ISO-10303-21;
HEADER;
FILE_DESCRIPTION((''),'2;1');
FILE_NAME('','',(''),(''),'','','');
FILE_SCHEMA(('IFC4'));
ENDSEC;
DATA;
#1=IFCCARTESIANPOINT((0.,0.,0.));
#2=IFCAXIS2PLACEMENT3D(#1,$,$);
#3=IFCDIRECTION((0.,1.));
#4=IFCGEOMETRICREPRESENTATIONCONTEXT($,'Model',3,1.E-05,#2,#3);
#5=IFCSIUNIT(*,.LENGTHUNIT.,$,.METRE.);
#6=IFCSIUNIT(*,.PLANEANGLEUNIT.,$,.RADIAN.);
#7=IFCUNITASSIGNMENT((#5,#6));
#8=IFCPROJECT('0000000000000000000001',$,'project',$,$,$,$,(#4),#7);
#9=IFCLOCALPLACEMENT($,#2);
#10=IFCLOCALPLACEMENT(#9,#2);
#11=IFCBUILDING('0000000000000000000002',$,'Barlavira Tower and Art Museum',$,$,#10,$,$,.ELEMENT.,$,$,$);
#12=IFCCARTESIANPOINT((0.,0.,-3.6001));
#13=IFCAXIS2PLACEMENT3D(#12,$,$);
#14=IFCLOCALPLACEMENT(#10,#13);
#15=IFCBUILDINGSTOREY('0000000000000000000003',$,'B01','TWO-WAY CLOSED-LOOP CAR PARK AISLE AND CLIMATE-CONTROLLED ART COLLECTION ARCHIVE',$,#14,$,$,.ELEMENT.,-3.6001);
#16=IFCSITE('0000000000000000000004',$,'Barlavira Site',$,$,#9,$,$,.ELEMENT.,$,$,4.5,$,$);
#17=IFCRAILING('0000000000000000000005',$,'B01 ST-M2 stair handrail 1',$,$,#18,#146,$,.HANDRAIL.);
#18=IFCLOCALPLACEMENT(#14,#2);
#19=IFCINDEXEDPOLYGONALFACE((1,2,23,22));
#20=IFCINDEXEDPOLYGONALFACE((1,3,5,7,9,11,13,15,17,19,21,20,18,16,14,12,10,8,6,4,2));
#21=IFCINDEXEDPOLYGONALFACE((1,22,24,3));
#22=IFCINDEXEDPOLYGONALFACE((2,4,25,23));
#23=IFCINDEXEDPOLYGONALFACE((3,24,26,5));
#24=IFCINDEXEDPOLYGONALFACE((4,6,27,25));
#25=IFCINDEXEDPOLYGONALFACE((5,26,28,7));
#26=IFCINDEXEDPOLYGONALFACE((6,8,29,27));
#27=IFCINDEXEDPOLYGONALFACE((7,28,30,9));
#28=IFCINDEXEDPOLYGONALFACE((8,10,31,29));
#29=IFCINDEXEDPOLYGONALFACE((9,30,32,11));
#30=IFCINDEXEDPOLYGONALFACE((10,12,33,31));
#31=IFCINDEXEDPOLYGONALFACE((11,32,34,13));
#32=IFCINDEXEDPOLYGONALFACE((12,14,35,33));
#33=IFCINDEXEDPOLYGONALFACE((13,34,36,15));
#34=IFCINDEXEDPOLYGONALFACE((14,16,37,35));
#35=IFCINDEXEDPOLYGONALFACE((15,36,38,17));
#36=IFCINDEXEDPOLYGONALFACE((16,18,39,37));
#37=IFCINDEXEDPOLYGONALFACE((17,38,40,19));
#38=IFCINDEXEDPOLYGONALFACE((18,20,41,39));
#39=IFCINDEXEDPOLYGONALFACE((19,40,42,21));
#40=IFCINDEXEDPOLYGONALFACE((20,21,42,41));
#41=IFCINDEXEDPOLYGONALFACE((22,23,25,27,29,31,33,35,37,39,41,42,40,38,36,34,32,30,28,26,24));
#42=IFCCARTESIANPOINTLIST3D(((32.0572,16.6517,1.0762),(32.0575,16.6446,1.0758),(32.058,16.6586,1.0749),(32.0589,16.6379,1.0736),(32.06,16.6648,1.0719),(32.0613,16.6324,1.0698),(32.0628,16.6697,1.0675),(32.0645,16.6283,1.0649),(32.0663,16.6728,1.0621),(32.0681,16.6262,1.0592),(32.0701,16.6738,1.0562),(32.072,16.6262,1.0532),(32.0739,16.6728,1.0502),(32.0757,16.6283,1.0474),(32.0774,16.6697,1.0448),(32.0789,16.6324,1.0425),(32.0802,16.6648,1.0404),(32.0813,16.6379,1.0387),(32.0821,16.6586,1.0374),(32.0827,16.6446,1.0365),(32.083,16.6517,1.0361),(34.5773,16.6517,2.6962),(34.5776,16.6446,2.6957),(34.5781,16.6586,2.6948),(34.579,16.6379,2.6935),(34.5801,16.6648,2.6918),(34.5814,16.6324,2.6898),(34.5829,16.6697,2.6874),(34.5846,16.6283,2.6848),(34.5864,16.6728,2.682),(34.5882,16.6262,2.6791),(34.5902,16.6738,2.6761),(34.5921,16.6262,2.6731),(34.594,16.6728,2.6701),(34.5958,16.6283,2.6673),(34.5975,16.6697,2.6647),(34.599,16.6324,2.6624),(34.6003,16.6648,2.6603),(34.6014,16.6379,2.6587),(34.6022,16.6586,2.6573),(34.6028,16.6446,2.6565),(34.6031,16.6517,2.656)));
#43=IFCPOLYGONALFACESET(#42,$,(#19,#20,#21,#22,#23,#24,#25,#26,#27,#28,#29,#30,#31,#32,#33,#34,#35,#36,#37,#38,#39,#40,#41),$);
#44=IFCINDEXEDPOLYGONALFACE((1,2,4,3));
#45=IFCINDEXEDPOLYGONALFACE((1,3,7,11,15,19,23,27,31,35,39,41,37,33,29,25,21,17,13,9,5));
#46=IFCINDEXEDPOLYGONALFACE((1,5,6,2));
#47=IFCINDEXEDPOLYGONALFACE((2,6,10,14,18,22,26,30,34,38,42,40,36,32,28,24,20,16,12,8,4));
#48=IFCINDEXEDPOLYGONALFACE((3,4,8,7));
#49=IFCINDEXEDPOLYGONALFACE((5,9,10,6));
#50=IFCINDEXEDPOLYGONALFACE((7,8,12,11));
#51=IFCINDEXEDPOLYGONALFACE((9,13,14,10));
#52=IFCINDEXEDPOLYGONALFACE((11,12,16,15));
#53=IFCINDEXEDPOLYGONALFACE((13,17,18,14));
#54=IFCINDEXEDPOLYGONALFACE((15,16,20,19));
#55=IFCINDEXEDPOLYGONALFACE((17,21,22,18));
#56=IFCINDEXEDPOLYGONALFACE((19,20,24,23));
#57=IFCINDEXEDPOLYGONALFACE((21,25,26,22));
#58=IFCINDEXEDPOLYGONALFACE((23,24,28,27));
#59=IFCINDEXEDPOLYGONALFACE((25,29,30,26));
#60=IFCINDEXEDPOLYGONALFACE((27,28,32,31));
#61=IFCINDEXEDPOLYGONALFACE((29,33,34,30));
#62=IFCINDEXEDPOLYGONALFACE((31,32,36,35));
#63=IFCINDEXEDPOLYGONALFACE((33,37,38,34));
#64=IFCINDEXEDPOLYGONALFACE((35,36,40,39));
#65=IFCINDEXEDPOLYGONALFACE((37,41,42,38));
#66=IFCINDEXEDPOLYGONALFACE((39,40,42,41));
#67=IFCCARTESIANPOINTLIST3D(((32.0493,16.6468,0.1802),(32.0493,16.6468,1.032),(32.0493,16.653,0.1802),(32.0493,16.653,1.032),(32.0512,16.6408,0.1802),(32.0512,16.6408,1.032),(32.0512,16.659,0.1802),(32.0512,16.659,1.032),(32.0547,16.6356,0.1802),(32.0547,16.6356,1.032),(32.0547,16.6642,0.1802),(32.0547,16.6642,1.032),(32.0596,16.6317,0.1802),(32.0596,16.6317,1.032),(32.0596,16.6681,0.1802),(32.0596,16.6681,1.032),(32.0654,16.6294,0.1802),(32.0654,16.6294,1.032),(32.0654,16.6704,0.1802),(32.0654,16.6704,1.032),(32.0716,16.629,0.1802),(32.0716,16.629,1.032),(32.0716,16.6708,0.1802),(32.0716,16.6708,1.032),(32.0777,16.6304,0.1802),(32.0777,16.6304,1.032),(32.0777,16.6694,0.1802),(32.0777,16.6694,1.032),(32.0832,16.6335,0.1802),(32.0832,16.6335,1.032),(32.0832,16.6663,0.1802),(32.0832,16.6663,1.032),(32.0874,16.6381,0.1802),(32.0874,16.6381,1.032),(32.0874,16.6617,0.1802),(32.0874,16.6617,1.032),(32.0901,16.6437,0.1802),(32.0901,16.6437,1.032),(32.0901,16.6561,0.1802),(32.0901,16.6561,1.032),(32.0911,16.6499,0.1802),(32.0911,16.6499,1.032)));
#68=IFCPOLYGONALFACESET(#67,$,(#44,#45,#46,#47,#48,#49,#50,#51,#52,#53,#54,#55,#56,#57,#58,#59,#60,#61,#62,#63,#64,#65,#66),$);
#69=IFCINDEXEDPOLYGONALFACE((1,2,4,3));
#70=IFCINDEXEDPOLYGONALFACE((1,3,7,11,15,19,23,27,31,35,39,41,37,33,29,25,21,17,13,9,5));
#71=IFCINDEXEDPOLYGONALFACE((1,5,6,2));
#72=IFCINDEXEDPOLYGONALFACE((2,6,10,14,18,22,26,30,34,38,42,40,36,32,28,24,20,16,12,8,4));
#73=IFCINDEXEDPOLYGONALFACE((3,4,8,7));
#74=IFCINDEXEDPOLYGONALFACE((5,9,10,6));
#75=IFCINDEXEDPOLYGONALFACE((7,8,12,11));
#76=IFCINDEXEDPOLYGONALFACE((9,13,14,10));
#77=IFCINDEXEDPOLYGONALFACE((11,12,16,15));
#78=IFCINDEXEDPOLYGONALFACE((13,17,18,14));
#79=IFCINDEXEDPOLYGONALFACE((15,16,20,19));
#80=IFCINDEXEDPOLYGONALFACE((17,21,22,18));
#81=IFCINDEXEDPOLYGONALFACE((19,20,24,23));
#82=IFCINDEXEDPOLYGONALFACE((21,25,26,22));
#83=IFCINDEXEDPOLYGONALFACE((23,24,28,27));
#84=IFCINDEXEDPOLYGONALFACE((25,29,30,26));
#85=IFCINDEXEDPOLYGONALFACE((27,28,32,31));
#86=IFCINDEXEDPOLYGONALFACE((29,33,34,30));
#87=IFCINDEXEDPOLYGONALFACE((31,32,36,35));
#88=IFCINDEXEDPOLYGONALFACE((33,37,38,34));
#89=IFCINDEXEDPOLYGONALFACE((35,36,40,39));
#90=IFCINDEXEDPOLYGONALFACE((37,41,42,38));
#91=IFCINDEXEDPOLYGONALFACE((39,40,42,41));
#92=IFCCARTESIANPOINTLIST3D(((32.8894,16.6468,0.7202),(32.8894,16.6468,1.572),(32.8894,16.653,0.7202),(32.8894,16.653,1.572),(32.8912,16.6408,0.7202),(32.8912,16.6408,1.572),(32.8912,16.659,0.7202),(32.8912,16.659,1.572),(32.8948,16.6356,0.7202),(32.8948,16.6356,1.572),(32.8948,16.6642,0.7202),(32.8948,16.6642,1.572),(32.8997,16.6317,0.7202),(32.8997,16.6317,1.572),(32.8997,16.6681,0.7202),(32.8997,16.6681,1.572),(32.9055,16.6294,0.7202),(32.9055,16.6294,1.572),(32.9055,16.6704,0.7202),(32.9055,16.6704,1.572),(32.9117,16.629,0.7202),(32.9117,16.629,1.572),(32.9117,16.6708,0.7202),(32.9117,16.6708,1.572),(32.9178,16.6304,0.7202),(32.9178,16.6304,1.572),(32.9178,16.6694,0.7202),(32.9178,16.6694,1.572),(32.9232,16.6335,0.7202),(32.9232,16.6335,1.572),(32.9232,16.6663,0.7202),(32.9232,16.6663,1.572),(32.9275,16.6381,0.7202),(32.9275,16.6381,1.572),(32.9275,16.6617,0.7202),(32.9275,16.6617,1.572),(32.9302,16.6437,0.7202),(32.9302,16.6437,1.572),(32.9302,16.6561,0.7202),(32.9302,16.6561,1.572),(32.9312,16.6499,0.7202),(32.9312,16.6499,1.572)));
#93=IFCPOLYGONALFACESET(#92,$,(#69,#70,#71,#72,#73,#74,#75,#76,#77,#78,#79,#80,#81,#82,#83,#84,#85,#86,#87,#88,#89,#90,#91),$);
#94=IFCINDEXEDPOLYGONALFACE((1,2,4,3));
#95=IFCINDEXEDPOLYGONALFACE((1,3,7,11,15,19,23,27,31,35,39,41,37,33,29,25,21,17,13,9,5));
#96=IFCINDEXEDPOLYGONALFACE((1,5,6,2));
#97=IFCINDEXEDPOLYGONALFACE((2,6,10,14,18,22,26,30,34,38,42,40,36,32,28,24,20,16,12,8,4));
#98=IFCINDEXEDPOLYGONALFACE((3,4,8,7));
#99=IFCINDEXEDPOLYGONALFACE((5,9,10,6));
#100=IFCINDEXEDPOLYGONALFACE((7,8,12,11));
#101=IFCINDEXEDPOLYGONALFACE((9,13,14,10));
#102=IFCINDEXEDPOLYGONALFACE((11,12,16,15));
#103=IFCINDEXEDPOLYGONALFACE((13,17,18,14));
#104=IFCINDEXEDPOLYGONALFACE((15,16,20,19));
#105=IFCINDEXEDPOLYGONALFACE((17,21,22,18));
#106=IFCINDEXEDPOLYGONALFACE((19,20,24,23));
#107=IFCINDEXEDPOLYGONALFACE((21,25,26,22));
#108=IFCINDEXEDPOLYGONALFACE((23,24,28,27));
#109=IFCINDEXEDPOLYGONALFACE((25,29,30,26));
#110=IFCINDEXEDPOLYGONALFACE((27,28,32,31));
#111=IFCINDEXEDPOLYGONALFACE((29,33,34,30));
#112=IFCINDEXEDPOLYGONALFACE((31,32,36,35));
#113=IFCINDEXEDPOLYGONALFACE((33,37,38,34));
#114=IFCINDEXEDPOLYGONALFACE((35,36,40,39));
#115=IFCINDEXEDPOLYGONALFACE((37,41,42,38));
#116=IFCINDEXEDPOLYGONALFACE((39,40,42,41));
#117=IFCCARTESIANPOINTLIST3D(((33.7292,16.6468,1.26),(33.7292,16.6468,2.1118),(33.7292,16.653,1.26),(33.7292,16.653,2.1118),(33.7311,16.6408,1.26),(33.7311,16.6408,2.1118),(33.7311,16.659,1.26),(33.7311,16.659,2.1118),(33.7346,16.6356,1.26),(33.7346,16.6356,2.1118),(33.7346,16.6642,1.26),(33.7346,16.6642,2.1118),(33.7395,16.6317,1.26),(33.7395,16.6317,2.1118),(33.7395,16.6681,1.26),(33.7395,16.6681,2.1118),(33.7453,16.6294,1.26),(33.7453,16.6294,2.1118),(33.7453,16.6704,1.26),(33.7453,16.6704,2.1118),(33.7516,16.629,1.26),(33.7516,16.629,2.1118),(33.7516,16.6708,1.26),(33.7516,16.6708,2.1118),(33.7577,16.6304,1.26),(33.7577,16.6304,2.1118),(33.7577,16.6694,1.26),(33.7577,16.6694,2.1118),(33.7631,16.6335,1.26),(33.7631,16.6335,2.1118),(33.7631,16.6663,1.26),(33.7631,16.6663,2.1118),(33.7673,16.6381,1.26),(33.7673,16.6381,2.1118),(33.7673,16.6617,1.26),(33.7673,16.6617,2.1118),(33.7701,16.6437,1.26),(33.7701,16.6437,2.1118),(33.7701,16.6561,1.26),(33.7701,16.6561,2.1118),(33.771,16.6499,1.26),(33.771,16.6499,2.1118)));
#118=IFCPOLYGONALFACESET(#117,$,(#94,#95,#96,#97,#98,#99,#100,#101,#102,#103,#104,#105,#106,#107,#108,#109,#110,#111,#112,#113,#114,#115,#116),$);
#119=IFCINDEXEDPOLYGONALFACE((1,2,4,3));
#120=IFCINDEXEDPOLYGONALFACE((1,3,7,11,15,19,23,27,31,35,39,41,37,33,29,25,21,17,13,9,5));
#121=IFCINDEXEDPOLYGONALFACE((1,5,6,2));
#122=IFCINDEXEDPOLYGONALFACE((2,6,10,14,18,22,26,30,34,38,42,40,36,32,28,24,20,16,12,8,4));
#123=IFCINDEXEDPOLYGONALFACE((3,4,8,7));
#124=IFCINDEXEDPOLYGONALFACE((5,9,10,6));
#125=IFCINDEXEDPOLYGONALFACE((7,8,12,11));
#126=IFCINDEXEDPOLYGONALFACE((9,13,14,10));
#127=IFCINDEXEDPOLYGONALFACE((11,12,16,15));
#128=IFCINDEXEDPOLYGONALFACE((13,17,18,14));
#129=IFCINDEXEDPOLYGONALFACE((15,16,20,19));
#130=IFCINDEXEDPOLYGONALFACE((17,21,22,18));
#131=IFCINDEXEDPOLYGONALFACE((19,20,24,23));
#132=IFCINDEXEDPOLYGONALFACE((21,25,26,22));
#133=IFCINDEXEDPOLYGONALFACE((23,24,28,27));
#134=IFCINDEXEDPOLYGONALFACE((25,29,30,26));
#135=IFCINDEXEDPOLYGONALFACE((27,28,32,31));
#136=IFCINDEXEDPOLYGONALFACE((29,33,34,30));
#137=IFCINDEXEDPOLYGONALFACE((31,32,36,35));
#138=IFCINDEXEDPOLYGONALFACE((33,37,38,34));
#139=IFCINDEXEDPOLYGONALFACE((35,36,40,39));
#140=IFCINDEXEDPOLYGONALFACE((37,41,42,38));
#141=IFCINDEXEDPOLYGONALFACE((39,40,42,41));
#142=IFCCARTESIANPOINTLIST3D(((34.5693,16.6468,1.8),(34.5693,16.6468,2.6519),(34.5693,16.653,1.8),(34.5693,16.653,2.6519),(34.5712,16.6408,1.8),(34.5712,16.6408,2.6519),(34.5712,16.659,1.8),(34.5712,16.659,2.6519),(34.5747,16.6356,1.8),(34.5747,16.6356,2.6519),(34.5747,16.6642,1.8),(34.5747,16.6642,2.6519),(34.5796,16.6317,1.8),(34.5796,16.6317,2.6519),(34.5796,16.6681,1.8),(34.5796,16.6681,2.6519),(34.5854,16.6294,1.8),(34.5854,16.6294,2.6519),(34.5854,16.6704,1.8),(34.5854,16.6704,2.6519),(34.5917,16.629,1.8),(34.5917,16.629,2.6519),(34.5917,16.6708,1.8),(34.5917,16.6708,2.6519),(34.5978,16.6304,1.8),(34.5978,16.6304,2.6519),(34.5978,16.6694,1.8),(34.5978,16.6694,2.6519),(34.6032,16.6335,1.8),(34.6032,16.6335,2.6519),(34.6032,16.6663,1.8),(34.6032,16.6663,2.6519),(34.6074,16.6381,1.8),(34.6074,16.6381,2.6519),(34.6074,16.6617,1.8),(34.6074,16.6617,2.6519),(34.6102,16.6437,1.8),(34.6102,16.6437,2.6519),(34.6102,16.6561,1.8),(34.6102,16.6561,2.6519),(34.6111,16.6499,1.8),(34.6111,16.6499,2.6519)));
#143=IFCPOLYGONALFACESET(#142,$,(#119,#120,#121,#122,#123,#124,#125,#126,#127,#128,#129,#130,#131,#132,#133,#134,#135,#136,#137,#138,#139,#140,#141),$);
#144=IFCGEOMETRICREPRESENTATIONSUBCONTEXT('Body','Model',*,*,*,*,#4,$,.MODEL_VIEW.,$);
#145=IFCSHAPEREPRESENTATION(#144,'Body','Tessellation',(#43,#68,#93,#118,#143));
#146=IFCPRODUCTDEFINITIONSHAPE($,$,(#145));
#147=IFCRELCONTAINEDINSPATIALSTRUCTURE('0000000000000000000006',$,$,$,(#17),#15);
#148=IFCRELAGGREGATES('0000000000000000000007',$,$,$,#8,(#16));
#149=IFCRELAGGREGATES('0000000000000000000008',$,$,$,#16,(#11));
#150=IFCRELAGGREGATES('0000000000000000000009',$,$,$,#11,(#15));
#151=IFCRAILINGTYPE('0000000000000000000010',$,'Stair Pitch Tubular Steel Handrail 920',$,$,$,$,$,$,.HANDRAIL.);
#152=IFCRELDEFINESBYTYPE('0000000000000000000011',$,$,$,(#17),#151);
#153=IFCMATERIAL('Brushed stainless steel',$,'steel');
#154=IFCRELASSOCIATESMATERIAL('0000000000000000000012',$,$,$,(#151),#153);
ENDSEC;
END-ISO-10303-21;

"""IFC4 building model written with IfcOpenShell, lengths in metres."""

from ifc_helpers import new_model, si_unit, direction, frame, origin, origin_2d, place, context, subcontext, project, spatial, circle, extrude, material, type_object, element, save


model = new_model("IFC4")

# Units and contexts
model_context = context("Model", 3, precision=1e-05, world=origin(), true_north=direction((0.0, 1.0)))
body_context = subcontext(model_context, "Body", "Model", "MODEL_VIEW")
ifc_project = project(units=[si_unit("LENGTHUNIT", "METRE"), si_unit("PLANEANGLEUNIT", "RADIAN")], contexts=[model_context])

# Site, building, storey
site_placement = place(None, origin())
site = spatial("IfcSite", under=ifc_project, at=site_placement, Name="Barlavira Site", CompositionType="ELEMENT", RefElevation=4.5)
building_placement = place(site_placement, origin())
building = spatial("IfcBuilding", under=site, at=building_placement, Name="Barlavira Tower and Art Museum", CompositionType="ELEMENT")
storey_placement = place(building_placement, frame((0.0, 0.0, -3.6001)))
storey = spatial("IfcBuildingStorey", under=building, at=storey_placement, Name="B01", Description="TWO-WAY CLOSED-LOOP CAR PARK AISLE AND CLIMATE-CONTROLLED ART COLLECTION ARCHIVE", CompositionType="ELEMENT", Elevation=-3.6001)

# Shared definitions
ifc_material_1 = material(Name="Brushed stainless steel", Category="steel")

# Railing
railing_type_1 = type_object("IfcRailingType", Name="Stair Pitch Tubular Steel Handrail 920", PredefinedType="HANDRAIL", material=ifc_material_1)
railing_1_placement = place(storey_placement, frame((32.0701, 16.6499, 0.1802)))
element("IfcRailing", 1, at=railing_1_placement, inside=storey, type_object=railing_type_1, Name="B01 ST-M2 stair handrail 1", PredefinedType="HANDRAIL", context=body_context, shape_type="SweptSolid", body=[
    extrude(circle(Radius=0.0239, at=origin_2d()), frame((0.0, 0.0, 0.876), z_axis=(0.8412, 0.0, 0.540725), x_axis=(0.0, 1.0, 0.0)), (0.0, 0.0, 1.0), 2.9958),
    extrude(circle(Radius=0.021, at=origin_2d()), origin(), (0.0, 0.0, 1.0), 0.8518),
    extrude(circle(Radius=0.021, at=origin_2d()), frame((0.8401, 0.0, 0.54)), (0.0, 0.0, 1.0), 0.8518),
    extrude(circle(Radius=0.021, at=origin_2d()), frame((1.6799, 0.0, 1.0798)), (0.0, 0.0, 1.0), 0.8518),
    extrude(circle(Radius=0.021, at=origin_2d()), frame((2.52, 0.0, 1.6199)), (0.0, 0.0, 1.0), 0.8518),
])

save(model, "model.ifc")
